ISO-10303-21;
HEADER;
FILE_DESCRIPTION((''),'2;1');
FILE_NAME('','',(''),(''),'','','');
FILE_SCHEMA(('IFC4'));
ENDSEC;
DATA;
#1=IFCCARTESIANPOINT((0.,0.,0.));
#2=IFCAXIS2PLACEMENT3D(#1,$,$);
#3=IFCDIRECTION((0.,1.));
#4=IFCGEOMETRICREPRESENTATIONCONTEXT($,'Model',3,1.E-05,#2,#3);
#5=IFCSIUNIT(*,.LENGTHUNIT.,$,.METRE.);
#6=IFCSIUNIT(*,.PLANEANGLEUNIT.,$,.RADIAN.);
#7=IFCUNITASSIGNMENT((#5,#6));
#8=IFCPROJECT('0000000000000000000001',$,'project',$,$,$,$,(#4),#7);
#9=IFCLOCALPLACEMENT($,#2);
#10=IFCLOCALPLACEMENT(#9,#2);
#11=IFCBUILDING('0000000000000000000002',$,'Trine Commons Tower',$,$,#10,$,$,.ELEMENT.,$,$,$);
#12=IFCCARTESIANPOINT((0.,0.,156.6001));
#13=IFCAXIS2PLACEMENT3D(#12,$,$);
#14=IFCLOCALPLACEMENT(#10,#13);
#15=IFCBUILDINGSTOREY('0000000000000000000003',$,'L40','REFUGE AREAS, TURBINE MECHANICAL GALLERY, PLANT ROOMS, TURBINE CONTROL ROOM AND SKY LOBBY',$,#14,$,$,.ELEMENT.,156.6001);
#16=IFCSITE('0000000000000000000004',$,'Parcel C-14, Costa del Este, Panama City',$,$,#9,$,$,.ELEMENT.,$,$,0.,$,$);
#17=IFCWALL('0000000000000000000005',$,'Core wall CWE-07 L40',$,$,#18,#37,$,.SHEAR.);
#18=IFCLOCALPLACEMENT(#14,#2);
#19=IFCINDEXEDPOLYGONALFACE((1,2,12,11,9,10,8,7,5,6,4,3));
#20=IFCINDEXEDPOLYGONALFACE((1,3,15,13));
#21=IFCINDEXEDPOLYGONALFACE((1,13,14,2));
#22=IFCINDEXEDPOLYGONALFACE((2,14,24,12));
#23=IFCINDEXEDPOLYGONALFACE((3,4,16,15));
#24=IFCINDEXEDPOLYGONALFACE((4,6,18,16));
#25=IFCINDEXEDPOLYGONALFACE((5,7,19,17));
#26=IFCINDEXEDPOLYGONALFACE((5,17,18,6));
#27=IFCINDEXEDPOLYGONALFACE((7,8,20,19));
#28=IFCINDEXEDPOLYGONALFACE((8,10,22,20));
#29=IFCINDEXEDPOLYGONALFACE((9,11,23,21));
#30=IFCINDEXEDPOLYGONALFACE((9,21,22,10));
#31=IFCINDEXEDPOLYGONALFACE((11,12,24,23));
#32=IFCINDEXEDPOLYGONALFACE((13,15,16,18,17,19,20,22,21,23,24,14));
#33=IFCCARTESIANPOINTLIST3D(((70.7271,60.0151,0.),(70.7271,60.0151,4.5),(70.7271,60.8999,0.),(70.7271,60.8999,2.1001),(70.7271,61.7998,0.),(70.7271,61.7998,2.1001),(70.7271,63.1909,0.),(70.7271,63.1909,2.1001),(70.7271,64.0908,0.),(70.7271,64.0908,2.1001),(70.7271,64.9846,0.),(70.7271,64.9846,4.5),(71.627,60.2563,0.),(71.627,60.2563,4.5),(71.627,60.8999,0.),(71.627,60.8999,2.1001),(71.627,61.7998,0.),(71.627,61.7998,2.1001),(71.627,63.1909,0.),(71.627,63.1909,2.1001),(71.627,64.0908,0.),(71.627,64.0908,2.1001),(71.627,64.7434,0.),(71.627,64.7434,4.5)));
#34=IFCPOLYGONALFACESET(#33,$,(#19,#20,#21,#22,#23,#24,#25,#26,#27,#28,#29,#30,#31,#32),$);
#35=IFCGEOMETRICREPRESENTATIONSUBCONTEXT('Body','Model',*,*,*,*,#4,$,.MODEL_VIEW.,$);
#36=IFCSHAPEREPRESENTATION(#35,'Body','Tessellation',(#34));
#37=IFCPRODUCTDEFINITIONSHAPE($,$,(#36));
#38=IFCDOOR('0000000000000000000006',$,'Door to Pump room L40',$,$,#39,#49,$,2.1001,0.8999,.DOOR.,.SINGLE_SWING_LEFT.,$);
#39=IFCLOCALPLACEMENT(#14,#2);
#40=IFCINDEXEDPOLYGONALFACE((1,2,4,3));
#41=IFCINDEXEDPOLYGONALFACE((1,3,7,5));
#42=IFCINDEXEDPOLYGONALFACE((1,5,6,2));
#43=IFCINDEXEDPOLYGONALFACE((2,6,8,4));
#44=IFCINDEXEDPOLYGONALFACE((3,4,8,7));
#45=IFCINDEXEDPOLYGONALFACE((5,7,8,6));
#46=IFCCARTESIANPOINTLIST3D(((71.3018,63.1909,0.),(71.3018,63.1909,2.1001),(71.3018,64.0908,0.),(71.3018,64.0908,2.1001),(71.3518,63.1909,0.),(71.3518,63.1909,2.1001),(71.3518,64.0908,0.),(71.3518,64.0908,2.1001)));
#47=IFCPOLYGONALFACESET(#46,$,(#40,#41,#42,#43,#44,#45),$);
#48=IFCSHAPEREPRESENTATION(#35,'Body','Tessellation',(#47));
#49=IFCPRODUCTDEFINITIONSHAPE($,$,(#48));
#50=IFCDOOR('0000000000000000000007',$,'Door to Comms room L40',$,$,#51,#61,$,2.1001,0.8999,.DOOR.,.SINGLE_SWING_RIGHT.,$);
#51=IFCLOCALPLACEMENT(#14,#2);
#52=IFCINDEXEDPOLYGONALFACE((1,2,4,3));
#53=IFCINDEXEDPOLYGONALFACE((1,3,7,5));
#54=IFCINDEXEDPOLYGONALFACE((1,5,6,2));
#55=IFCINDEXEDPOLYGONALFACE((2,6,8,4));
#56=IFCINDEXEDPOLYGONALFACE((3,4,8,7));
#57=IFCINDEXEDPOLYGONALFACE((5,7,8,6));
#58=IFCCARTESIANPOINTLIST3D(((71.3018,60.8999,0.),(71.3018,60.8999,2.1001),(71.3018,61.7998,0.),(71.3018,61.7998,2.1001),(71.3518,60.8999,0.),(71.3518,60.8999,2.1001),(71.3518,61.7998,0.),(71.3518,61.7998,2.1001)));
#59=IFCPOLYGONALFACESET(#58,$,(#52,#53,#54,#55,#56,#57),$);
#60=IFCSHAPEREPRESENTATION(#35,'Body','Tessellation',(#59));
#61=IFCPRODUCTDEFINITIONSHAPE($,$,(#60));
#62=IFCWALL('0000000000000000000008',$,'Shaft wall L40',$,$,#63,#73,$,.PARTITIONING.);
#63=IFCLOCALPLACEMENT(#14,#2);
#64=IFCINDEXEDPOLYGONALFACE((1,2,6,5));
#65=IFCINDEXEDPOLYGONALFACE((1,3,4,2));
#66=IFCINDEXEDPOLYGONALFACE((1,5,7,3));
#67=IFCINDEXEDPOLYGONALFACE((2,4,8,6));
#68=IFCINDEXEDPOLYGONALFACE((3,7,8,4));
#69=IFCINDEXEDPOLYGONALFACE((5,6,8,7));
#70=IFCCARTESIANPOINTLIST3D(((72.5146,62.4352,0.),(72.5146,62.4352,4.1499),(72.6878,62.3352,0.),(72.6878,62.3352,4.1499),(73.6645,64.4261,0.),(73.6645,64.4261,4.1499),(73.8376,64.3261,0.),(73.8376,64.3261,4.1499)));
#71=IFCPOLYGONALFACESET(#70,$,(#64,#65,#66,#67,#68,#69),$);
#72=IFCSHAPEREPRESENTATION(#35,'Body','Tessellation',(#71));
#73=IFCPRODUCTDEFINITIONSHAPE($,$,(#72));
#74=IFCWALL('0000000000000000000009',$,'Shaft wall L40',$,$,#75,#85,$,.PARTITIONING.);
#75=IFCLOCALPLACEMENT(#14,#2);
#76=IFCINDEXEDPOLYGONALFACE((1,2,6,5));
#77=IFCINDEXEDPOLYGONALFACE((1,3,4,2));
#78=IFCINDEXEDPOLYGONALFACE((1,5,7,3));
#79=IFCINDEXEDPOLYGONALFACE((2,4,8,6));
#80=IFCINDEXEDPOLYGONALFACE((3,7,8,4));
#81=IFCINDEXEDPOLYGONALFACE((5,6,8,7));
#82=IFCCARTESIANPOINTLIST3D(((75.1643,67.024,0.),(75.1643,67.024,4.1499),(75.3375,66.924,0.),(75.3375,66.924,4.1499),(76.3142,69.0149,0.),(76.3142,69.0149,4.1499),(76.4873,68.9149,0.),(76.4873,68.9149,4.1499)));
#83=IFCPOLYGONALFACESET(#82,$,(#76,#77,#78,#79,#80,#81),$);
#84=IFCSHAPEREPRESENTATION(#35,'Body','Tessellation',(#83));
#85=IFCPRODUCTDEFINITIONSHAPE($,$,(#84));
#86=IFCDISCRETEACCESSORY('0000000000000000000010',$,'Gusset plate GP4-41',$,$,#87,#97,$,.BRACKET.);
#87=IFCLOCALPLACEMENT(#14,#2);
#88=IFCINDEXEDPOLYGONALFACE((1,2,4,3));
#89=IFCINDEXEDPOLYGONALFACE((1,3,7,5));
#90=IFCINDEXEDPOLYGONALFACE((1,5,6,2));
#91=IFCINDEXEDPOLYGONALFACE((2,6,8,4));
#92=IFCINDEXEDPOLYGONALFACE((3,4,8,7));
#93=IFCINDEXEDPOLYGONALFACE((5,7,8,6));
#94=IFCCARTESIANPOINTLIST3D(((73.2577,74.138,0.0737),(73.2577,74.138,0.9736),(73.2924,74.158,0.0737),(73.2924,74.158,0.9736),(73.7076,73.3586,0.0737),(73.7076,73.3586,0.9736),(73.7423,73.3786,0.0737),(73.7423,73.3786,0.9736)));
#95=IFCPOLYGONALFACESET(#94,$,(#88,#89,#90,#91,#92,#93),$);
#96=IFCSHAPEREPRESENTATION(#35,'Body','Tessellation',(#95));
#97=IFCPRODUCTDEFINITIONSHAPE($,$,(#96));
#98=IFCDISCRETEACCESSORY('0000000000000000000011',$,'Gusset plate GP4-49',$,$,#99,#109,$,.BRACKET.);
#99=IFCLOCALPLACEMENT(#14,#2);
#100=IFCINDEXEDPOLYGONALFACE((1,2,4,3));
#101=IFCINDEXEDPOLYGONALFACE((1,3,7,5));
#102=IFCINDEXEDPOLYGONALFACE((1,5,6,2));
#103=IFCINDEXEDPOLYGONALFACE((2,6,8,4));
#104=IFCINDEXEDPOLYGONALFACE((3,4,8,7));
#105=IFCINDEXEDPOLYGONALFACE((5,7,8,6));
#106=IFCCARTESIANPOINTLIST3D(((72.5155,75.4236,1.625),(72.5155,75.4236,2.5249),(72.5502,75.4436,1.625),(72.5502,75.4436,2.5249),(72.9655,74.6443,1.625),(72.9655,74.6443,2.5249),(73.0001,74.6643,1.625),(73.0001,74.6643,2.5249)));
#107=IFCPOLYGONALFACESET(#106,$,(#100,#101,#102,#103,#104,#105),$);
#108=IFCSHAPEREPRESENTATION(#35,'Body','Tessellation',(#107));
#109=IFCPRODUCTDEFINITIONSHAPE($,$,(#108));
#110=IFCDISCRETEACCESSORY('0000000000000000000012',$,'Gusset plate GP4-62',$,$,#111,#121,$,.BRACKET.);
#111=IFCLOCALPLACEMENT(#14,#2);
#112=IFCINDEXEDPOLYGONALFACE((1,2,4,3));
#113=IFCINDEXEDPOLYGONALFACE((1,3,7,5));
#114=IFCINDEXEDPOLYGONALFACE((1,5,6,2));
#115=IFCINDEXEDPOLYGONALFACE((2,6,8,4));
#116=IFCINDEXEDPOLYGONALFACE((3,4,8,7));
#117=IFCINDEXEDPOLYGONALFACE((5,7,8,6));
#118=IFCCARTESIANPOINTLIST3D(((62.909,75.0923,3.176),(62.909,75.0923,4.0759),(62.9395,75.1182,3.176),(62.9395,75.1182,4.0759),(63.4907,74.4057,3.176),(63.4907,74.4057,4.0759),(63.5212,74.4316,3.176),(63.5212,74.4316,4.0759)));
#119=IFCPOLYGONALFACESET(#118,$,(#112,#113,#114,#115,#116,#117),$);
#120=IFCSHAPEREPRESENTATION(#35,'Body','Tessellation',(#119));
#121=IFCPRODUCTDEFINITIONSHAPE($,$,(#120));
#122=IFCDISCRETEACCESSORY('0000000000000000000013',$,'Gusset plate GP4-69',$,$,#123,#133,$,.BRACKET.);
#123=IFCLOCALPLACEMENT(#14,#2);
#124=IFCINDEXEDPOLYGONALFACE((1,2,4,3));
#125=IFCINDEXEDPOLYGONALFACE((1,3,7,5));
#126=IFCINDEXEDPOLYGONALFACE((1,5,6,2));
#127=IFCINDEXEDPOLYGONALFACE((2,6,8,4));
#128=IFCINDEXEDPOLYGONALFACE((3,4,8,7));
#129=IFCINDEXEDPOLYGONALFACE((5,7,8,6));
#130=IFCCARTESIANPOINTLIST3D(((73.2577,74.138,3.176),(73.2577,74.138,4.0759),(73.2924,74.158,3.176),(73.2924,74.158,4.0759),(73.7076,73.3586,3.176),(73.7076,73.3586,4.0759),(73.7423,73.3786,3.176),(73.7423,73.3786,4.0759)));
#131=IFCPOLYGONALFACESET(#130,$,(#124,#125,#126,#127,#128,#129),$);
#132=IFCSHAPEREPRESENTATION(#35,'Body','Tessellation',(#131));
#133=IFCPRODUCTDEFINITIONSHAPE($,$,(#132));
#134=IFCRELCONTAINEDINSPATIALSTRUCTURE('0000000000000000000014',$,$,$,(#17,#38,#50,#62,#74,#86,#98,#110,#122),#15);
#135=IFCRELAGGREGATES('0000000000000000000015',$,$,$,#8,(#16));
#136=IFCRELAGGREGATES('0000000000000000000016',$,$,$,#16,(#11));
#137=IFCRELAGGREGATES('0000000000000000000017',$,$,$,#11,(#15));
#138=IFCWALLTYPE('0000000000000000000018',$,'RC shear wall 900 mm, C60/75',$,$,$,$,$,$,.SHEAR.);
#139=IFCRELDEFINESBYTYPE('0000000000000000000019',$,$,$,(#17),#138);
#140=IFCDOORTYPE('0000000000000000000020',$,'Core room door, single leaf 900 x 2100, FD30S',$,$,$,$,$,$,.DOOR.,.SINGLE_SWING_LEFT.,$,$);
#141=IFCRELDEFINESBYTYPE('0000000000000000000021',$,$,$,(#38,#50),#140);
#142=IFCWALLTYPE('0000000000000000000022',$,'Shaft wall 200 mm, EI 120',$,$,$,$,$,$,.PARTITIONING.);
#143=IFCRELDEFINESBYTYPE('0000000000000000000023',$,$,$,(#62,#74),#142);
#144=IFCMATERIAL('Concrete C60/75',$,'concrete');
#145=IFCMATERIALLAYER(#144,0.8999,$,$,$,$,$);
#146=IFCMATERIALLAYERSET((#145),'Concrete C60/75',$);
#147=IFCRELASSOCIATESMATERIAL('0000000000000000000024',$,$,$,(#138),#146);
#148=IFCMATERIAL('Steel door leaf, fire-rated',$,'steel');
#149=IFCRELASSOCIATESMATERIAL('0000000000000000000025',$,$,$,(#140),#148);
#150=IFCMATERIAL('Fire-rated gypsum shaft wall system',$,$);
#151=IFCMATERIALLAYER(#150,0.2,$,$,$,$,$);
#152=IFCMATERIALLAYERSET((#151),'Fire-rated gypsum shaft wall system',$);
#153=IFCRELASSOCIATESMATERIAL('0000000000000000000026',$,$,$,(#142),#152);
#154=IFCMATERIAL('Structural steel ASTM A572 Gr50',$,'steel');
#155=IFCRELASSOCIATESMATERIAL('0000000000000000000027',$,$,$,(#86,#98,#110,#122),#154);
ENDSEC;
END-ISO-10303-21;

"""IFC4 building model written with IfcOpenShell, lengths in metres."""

from ifc_helpers import new_model, si_unit, direction, frame, frame_2d, origin, origin_2d, place, context, subcontext, project, spatial, polyline, rectangle, outline, extrude, material, layer, layer_set, type_object, element, fill, save


model = new_model("IFC4")

# Units and contexts
model_context = context("Model", 3, precision=1e-05, world=origin(), true_north=direction((0.0, 1.0)))
body_context = subcontext(model_context, "Body", "Model", "MODEL_VIEW")
ifc_project = project(units=[si_unit("LENGTHUNIT", "METRE"), si_unit("PLANEANGLEUNIT", "RADIAN")], contexts=[model_context])

# Site, building, storey
site_placement = place(None, origin())
site = spatial("IfcSite", under=ifc_project, at=site_placement, Name="Parcel C-14, Costa del Este, Panama City", CompositionType="ELEMENT", RefElevation=0.0)
building_placement = place(site_placement, origin())
building = spatial("IfcBuilding", under=site, at=building_placement, Name="Trine Commons Tower", CompositionType="ELEMENT")
storey_placement = place(building_placement, frame((0.0, 0.0, 156.6001)))
storey = spatial("IfcBuildingStorey", under=building, at=storey_placement, Name="L40", Description="REFUGE AREAS, TURBINE MECHANICAL GALLERY, PLANT ROOMS, TURBINE CONTROL ROOM AND SKY LOBBY", CompositionType="ELEMENT", Elevation=156.6001)

# Shared definitions
ifc_material_1 = material(Name="Concrete C60/75", Category="concrete")
ifc_layer_1 = layer(ifc_material_1, 0.8999)
ifc_layer_set_1 = layer_set([ifc_layer_1], Name="Concrete C60/75")
wall_type_1 = type_object("IfcWallType", Name="RC shear wall 900 mm, C60/75", PredefinedType="SHEAR", material=ifc_layer_set_1)

# Wall, openings, doors
wall_1_placement = place(storey_placement, frame((71.177, 64.9846, 0.0), z_axis=(0.0, 0.0, 1.0), x_axis=(0.0, -1.0, 0.0)))
wall_1 = element("IfcWall", 1, at=wall_1_placement, inside=storey, type_object=wall_type_1, Name="Core wall CWE-07 L40", PredefinedType="SHEAR", context=body_context, shape_type="SweptSolid", body=[
    extrude(outline(polyline([(0.0, -0.45), (4.9695, -0.45), (4.7283, 0.45), (0.2412, 0.45), (0.0, -0.45)])), origin(), (0.0, 0.0, 1.0), 4.5),
])
opening_1_placement = place(wall_1_placement, frame((0.8938, 0.0, 0.0)))
opening_1 = element("IfcOpeningElement", 2, at=opening_1_placement, cuts=wall_1, PredefinedType="OPENING", context=body_context, shape_type="SweptSolid", body=[
    extrude(rectangle(XDim=0.8999, YDim=2.1001, at=frame_2d((0.45, 1.05))), frame((0.0, 0.46, 0.0), z_axis=(0.0, -1.0, 0.0), x_axis=(1.0, 0.0, 0.0)), (0.0, 0.0, 1.0), 0.9199),
])
opening_2_placement = place(wall_1_placement, frame((3.1848, 0.0, 0.0)))
opening_2 = element("IfcOpeningElement", 3, at=opening_2_placement, cuts=wall_1, PredefinedType="OPENING", context=body_context, shape_type="SweptSolid", body=[
    extrude(rectangle(XDim=0.8999, YDim=2.1001, at=frame_2d((0.45, 1.05))), frame((0.0, 0.46, 0.0), z_axis=(0.0, -1.0, 0.0), x_axis=(1.0, 0.0, 0.0)), (0.0, 0.0, 1.0), 0.9199),
])
ifc_material_2 = material(Name="Steel door leaf, fire-rated", Category="steel")
door_type_1 = type_object("IfcDoorType", Name="Core room door, single leaf 900 x 2100, FD30S", OperationType="SINGLE_SWING_LEFT", PredefinedType="DOOR", material=ifc_material_2)
door_1_placement = place(opening_1_placement, origin())
door_1 = element("IfcDoor", 4, at=door_1_placement, inside=storey, type_object=door_type_1, Name="Door to Pump room L40", OperationType="SINGLE_SWING_LEFT", OverallHeight=2.1001, OverallWidth=0.8999, PredefinedType="DOOR", context=body_context, shape_type="SweptSolid", body=[
    extrude(rectangle(XDim=0.8999, YDim=2.1001, at=frame_2d((0.45, 1.05))), frame((0.0, 0.1748, 0.0), z_axis=(0.0, -1.0, 0.0), x_axis=(1.0, 0.0, 0.0)), (0.0, 0.0, 1.0), 0.05),
])
fill(opening_1, door_1)
door_2_placement = place(opening_2_placement, origin())
door_2 = element("IfcDoor", 5, at=door_2_placement, inside=storey, type_object=door_type_1, Name="Door to Comms room L40", OperationType="SINGLE_SWING_RIGHT", OverallHeight=2.1001, OverallWidth=0.8999, PredefinedType="DOOR", context=body_context, shape_type="SweptSolid", body=[
    extrude(rectangle(XDim=0.8999, YDim=2.1001, at=frame_2d((0.45, 1.05))), frame((0.0, 0.1748, 0.0), z_axis=(0.0, -1.0, 0.0), x_axis=(1.0, 0.0, 0.0)), (0.0, 0.0, 1.0), 0.05),
])
fill(opening_2, door_2)

# Walls
ifc_material_3 = material(Name="Fire-rated gypsum shaft wall system")
ifc_layer_2 = layer(ifc_material_3, 0.2)
ifc_layer_set_2 = layer_set([ifc_layer_2], Name="Fire-rated gypsum shaft wall system")
wall_type_2 = type_object("IfcWallType", Name="Shaft wall 200 mm, EI 120", PredefinedType="PARTITIONING", material=ifc_layer_set_2)
for number, where, z_axis, x_axis, name in (
    (6, (73.751, 64.376, 0.0), (0.0, 0.0, 1.0), (-0.500136, -0.865947, 0.0), "Shaft wall L40"),
    (7, (75.251, 66.9741, 0.0), (0.0, 0.0, 1.0), (0.500136, 0.865947, 0.0), "Shaft wall L40"),
):
    element("IfcWall", number, at=place(storey_placement, frame(where, z_axis=z_axis, x_axis=x_axis)), inside=storey, type_object=wall_type_2, Name=name, PredefinedType="PARTITIONING", context=body_context, shape_type="SweptSolid", body=[
        extrude(rectangle(XDim=2.2991, YDim=0.2, at=frame_2d((1.1494, 0.0))), origin(), (0.0, 0.0, 1.0), 4.1499),
    ])

# Discrete accessories
ifc_material_4 = material(Name="Structural steel ASTM A572 Gr50", Category="steel")
for number, where, z_axis, x_axis, name in (
    (8, (73.5, 73.7583, 0.0737), (0.0, 0.0, 1.0), (-0.5, 0.866025, 0.0), "Gusset plate GP4-41"),
    (9, (72.7578, 75.0439, 1.625), (0.0, 0.0, 1.0), (-0.5, 0.866025, 0.0), "Gusset plate GP4-49"),
    (10, (63.2151, 74.762, 3.176), (0.0, 0.0, 1.0), (0.646417, -0.762984, 0.0), "Gusset plate GP4-62"),
    (11, (73.5, 73.7583, 3.176), (0.0, 0.0, 1.0), (-0.5, 0.866025, 0.0), "Gusset plate GP4-69"),
):
    element("IfcDiscreteAccessory", number, at=place(storey_placement, frame(where, z_axis=z_axis, x_axis=x_axis)), inside=storey, material=ifc_material_4, Name=name, PredefinedType="BRACKET", context=body_context, shape_type="SweptSolid", body=[
        extrude(rectangle(XDim=0.8999, YDim=0.04, at=origin_2d()), origin(), (0.0, 0.0, 1.0), 0.8999),
    ])

save(model, "model.ifc")
